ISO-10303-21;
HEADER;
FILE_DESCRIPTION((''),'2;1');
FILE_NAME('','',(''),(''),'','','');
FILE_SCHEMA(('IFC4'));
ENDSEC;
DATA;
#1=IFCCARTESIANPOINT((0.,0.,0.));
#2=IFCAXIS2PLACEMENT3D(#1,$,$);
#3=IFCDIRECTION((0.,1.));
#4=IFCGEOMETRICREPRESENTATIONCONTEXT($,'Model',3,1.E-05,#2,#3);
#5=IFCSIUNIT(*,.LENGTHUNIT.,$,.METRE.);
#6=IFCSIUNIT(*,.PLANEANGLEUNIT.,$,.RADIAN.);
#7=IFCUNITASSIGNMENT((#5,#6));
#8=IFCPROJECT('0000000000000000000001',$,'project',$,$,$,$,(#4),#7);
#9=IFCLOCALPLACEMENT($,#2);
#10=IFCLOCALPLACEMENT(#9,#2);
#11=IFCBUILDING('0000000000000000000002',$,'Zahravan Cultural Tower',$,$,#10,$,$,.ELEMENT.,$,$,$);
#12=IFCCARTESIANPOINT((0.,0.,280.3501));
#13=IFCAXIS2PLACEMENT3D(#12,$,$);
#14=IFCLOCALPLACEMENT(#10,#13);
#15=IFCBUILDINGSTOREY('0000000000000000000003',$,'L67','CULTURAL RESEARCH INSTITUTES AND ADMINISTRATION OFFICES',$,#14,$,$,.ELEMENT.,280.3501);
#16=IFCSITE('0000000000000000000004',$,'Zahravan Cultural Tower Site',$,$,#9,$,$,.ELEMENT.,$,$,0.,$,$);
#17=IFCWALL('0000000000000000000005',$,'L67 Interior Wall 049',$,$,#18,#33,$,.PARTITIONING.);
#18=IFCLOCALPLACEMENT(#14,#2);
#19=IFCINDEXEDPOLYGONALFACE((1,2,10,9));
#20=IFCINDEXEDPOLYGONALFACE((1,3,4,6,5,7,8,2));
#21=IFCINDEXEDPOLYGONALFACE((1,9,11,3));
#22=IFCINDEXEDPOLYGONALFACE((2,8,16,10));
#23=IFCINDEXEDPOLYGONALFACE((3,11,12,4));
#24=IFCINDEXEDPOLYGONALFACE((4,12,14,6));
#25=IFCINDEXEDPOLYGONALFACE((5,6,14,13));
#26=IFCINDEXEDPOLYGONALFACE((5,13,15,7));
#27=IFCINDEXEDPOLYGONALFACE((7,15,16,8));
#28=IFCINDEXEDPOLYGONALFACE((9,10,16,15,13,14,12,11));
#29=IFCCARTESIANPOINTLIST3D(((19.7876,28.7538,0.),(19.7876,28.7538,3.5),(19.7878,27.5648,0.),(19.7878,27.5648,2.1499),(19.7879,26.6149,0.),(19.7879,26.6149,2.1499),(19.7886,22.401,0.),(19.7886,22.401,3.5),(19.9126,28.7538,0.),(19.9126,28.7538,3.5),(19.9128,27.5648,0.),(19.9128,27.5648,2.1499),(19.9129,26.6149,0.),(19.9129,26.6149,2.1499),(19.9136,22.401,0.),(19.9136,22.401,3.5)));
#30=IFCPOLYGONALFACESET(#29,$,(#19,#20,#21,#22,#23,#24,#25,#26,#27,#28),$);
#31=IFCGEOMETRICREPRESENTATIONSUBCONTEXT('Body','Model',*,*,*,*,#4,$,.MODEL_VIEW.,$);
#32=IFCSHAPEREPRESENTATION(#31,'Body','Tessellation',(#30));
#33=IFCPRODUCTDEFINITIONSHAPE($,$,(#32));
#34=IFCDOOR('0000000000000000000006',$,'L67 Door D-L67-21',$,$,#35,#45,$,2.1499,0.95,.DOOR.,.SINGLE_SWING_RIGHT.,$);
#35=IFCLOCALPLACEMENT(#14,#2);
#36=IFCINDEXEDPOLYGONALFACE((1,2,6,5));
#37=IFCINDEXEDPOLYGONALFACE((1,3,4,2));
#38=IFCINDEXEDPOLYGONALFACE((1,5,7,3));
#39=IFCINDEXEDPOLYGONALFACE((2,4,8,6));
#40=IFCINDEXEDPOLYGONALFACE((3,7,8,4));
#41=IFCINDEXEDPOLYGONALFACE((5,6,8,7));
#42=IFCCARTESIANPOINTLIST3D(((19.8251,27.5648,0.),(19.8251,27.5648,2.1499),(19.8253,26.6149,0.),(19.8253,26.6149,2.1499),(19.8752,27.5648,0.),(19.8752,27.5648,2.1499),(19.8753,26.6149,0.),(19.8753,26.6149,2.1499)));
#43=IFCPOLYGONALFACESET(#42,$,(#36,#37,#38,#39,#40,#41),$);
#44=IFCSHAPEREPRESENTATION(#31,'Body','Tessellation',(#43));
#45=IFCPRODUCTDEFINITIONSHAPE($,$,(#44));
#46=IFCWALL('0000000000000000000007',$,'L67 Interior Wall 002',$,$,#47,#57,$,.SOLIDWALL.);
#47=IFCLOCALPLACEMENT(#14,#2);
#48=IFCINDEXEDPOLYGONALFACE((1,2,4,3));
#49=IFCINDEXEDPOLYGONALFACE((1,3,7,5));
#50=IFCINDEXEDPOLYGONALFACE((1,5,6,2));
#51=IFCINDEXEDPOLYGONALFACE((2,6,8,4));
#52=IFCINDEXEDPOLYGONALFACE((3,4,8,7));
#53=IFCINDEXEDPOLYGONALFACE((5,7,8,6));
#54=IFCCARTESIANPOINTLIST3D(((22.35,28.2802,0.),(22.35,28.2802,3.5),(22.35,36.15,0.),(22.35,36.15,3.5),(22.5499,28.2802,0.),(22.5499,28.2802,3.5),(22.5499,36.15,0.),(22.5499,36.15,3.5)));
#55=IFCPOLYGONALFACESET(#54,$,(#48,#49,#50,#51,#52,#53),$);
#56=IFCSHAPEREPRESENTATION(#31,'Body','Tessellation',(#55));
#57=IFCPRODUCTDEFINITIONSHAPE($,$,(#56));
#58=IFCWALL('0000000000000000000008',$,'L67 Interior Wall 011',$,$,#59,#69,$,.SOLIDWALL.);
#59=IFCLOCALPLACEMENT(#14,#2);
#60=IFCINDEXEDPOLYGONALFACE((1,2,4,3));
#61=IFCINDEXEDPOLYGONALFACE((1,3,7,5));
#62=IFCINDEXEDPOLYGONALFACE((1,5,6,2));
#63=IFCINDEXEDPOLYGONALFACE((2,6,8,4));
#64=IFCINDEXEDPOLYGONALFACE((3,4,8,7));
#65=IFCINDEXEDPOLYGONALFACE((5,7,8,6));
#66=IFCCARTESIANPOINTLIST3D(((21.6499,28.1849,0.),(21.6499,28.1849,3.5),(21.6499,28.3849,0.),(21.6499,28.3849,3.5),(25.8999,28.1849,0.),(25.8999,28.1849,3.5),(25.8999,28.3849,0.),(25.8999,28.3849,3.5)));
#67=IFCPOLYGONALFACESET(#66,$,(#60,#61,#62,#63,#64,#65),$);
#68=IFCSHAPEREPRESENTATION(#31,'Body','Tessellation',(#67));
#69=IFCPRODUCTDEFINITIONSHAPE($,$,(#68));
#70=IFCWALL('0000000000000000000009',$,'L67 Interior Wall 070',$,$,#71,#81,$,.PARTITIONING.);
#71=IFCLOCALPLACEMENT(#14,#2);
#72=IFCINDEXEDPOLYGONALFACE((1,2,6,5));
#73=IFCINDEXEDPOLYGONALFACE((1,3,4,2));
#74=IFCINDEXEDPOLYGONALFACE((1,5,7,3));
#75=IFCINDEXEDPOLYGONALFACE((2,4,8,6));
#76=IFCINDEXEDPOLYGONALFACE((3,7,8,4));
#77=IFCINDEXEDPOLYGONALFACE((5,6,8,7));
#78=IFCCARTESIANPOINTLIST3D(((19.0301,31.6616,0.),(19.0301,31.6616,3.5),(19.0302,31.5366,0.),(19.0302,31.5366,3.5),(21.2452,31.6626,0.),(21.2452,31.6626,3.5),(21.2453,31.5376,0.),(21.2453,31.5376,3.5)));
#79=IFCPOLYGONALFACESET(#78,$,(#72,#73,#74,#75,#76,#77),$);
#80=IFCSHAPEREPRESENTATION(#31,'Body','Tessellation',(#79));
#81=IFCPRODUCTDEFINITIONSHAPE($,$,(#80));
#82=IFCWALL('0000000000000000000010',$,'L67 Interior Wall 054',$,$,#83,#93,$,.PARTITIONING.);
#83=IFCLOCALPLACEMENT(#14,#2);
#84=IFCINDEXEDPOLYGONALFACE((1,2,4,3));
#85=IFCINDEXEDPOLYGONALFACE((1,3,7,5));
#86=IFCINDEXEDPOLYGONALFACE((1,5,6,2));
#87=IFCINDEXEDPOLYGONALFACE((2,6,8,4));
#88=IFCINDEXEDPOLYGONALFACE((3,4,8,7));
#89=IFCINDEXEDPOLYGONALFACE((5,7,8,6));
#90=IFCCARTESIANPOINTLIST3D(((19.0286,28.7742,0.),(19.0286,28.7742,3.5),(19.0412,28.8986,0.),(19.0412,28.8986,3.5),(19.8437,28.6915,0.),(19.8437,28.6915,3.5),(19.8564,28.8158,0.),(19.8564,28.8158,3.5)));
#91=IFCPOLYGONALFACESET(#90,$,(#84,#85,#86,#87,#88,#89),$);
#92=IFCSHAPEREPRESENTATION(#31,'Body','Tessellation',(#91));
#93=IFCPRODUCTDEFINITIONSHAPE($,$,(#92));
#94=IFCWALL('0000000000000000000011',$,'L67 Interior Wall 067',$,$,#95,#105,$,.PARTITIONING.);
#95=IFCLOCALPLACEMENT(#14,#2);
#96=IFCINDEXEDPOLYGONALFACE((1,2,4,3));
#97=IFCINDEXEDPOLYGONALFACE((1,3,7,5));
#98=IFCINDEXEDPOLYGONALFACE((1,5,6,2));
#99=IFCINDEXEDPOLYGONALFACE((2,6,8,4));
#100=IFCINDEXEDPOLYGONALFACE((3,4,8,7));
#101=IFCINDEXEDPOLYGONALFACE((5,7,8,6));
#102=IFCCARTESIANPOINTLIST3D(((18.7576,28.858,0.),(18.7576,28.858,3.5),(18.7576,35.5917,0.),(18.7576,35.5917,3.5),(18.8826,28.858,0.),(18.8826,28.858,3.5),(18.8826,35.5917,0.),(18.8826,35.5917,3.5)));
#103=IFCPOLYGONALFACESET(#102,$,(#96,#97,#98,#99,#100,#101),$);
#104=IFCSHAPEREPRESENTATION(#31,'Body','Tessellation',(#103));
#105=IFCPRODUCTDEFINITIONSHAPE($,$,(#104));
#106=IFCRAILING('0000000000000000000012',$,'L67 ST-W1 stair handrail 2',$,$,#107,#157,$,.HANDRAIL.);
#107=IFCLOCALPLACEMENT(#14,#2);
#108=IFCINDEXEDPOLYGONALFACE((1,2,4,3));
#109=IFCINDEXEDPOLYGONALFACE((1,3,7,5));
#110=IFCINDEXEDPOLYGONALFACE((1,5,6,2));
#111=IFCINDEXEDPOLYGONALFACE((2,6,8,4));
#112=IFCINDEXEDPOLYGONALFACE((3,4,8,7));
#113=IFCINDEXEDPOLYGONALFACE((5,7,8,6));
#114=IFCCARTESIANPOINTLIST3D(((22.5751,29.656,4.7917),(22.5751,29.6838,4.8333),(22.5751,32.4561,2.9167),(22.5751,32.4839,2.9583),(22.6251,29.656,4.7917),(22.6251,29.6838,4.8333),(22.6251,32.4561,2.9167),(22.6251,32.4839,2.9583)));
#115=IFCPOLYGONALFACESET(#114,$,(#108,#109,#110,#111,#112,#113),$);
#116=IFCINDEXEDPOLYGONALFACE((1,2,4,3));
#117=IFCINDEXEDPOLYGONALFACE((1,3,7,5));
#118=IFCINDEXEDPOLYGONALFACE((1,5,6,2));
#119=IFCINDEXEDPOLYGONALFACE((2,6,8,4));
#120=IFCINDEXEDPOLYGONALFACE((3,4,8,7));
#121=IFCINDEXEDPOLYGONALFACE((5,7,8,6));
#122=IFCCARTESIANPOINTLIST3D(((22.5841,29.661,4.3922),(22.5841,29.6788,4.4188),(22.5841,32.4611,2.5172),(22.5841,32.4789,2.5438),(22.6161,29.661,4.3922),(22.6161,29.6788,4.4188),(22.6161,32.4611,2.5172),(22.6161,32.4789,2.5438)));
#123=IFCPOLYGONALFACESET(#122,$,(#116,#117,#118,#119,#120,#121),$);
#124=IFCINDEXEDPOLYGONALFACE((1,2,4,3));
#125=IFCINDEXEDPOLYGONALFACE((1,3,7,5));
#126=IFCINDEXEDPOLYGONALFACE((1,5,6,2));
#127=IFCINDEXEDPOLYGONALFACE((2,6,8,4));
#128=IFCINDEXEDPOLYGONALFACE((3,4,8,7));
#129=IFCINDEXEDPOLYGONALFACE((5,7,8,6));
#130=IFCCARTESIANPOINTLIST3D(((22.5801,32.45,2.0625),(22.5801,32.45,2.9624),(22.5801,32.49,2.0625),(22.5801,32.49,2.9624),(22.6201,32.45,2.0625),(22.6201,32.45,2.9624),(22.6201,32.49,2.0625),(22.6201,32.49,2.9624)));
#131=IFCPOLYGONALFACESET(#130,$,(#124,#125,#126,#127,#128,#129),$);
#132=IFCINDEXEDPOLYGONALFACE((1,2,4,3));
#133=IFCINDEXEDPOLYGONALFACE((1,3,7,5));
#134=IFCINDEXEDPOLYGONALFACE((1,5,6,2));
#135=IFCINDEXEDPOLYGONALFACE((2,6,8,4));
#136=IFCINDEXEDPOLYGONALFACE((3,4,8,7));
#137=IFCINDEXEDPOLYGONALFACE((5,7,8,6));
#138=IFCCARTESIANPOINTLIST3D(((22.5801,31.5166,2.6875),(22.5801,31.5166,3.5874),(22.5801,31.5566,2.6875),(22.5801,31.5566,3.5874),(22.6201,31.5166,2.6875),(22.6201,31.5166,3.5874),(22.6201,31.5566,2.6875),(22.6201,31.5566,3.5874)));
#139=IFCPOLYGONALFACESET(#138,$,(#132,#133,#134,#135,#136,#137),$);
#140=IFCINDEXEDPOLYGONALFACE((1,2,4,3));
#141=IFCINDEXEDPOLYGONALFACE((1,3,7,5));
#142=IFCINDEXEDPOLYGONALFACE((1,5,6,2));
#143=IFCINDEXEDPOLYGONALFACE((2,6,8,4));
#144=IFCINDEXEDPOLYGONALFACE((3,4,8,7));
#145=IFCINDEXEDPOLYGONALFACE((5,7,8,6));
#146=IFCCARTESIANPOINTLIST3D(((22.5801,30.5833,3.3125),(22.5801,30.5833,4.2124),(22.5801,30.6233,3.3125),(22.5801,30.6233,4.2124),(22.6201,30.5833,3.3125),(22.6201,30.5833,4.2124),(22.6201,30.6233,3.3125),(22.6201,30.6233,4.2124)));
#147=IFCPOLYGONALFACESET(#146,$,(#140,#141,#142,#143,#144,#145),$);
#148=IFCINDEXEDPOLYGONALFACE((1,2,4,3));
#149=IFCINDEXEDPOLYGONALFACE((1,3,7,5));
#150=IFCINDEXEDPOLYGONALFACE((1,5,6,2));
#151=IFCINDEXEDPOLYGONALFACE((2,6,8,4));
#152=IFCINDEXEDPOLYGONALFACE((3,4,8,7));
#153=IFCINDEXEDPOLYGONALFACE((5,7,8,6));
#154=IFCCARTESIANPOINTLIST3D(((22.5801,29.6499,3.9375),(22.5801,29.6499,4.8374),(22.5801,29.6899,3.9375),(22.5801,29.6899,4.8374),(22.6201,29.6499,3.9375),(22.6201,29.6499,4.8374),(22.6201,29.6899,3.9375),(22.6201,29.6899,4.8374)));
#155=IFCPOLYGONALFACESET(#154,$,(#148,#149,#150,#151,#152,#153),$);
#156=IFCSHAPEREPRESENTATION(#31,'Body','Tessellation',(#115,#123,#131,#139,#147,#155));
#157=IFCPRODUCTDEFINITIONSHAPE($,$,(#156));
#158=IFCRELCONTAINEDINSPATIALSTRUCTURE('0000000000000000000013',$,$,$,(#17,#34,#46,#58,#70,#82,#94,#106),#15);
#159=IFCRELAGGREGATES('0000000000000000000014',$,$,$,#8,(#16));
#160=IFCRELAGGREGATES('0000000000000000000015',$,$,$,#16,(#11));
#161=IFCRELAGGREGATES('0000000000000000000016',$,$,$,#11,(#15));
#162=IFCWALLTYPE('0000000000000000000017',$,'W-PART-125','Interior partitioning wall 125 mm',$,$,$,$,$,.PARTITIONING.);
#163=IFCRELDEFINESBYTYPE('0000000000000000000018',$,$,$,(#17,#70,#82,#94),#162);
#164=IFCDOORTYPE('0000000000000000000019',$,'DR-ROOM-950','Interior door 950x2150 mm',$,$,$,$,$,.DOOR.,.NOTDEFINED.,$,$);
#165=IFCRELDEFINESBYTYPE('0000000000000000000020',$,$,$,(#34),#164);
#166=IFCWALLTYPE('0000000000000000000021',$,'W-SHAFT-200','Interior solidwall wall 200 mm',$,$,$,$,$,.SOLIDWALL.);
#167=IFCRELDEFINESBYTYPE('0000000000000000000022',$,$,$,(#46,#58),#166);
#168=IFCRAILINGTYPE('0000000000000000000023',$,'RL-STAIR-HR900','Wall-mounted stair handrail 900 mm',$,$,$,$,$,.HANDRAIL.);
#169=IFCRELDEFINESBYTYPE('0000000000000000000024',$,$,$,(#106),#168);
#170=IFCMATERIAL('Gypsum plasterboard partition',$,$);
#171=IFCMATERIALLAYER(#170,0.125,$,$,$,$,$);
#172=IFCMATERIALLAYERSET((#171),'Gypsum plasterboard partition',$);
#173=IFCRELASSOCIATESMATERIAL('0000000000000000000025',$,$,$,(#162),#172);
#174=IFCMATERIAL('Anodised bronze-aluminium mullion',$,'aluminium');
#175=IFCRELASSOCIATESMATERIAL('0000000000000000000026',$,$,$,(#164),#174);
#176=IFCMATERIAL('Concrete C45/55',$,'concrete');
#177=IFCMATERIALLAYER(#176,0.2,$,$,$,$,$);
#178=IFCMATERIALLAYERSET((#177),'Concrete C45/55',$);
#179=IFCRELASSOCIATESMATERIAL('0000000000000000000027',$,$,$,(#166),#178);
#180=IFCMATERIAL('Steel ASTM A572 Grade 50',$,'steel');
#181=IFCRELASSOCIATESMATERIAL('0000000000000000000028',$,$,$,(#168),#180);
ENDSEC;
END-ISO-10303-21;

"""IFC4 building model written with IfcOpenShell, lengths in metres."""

from ifc_helpers import new_model, si_unit, direction, frame, frame_2d, origin, origin_2d, place, context, subcontext, project, spatial, rectangle, extrude, source, transform, mapped, material, layer, layer_set, type_object, element, fill, save


model = new_model("IFC4")

# Units and contexts
model_context = context("Model", 3, precision=1e-05, world=origin(), true_north=direction((0.0, 1.0)))
body_context = subcontext(model_context, "Body", "Model", "MODEL_VIEW")
ifc_project = project(units=[si_unit("LENGTHUNIT", "METRE"), si_unit("PLANEANGLEUNIT", "RADIAN")], contexts=[model_context])

# Site, building, storey
site_placement = place(None, origin())
site = spatial("IfcSite", under=ifc_project, at=site_placement, Name="Zahravan Cultural Tower Site", CompositionType="ELEMENT", RefElevation=0.0)
building_placement = place(site_placement, origin())
building = spatial("IfcBuilding", under=site, at=building_placement, Name="Zahravan Cultural Tower", CompositionType="ELEMENT")
storey_placement = place(building_placement, frame((0.0, 0.0, 280.3501)))
storey = spatial("IfcBuildingStorey", under=building, at=storey_placement, Name="L67", Description="CULTURAL RESEARCH INSTITUTES AND ADMINISTRATION OFFICES", CompositionType="ELEMENT", Elevation=280.3501)

# Shared definitions
ifc_material_1 = material(Name="Anodised bronze-aluminium mullion", Category="aluminium")

# Wall, opening, door
ifc_material_2 = material(Name="Gypsum plasterboard partition")
ifc_layer_1 = layer(ifc_material_2, 0.125)
ifc_layer_set_1 = layer_set([ifc_layer_1], Name="Gypsum plasterboard partition")
wall_type_1 = type_object("IfcWallType", Name="W-PART-125", Description="Interior partitioning wall 125 mm", PredefinedType="PARTITIONING", material=ifc_layer_set_1)
wall_1_placement = place(storey_placement, frame((19.8501, 28.7537, 0.0), z_axis=(0.0, 0.0, 1.0), x_axis=(0.000154, -1.0, 0.0)))
wall_1 = element("IfcWall", 1, at=wall_1_placement, inside=storey, type_object=wall_type_1, Name="L67 Interior Wall 049", PredefinedType="PARTITIONING", context=body_context, shape_type="SweptSolid", body=[
    extrude(rectangle(XDim=6.3528, YDim=0.125, at=frame_2d((3.1763, 0.0))), origin(), (0.0, 0.0, 1.0), 3.5),
])
opening_1_placement = place(wall_1_placement, frame((1.1887, 0.0, 0.0)))
opening_1 = element("IfcOpeningElement", 2, at=opening_1_placement, cuts=wall_1, PredefinedType="OPENING", context=body_context, shape_type="SweptSolid", body=[
    extrude(rectangle(XDim=0.95, YDim=2.1499, at=frame_2d((0.4751, 1.075))), frame((0.0, 0.0725, 0.0), z_axis=(0.0, -1.0, 0.0), x_axis=(1.0, 0.0, 0.0)), (0.0, 0.0, 1.0), 0.145),
])
door_type = type_object("IfcDoorType", Name="DR-ROOM-950", Description="Interior door 950x2150 mm", OperationType="NOTDEFINED", PredefinedType="DOOR", material=ifc_material_1)
shared_shape_1 = source(origin(), body_context, "Body", "SweptSolid", [
    extrude(rectangle(XDim=0.95, YDim=2.1499, at=frame_2d((0.4751, 1.075))), frame((0.0, 0.0249, 0.0), z_axis=(0.0, -1.0, 0.0), x_axis=(1.0, 0.0, 0.0)), (0.0, 0.0, 1.0), 0.05),
])
door_1_placement = place(opening_1_placement, origin())
door_1 = element("IfcDoor", 3, at=door_1_placement, inside=storey, type_object=door_type, Name="L67 Door D-L67-21", OperationType="SINGLE_SWING_RIGHT", OverallHeight=2.1499, OverallWidth=0.95, PredefinedType="DOOR", context=body_context, shape_type="MappedRepresentation", body=[
    mapped(shared_shape_1, transform((0.0, 0.0, 0.0), x_axis=(1.0, 0.0, 0.0), y_axis=(0.0, 1.0, 0.0), z_axis=(0.0, 0.0, 1.0), scale=1.0)),
])
fill(opening_1, door_1)

# Walls
ifc_material_3 = material(Name="Concrete C45/55", Category="concrete")
ifc_layer_2 = layer(ifc_material_3, 0.2)
ifc_layer_set_2 = layer_set([ifc_layer_2], Name="Concrete C45/55")
wall_type_2 = type_object("IfcWallType", Name="W-SHAFT-200", Description="Interior solidwall wall 200 mm", PredefinedType="SOLIDWALL", material=ifc_layer_set_2)
shared_shape_2 = source(origin(), body_context, "Body", "SweptSolid", [
    extrude(rectangle(XDim=7.8699, YDim=0.2, at=frame_2d((3.9351, 0.0))), origin(), (0.0, 0.0, 1.0), 3.5),
])
wall_2_placement = place(storey_placement, frame((22.45, 28.28, 0.0), z_axis=(0.0, 0.0, 1.0), x_axis=(0.0, 1.0, 0.0)))
element("IfcWall", 4, at=wall_2_placement, inside=storey, type_object=wall_type_2, Name="L67 Interior Wall 002", PredefinedType="SOLIDWALL", context=body_context, shape_type="MappedRepresentation", body=[
    mapped(shared_shape_2, transform((0.0, 0.0, 0.0), x_axis=(1.0, 0.0, 0.0), y_axis=(0.0, 1.0, 0.0), z_axis=(0.0, 0.0, 1.0), scale=1.0)),
])
shared_shape_3 = source(origin(), body_context, "Body", "SweptSolid", [
    extrude(rectangle(XDim=4.25, YDim=0.2, at=frame_2d((2.125, 0.0))), origin(), (0.0, 0.0, 1.0), 3.5),
])
wall_3_placement = place(storey_placement, frame((21.6499, 28.2849, 0.0), z_axis=(0.0, 0.0, 1.0), x_axis=(1.0, 0.0, 0.0)))
element("IfcWall", 5, at=wall_3_placement, inside=storey, type_object=wall_type_2, Name="L67 Interior Wall 011", PredefinedType="SOLIDWALL", context=body_context, shape_type="MappedRepresentation", body=[
    mapped(shared_shape_3, transform((0.0, 0.0, 0.0), x_axis=(1.0, 0.0, 0.0), y_axis=(0.0, 1.0, 0.0), z_axis=(0.0, 0.0, 1.0), scale=1.0)),
])
shared_shape_4 = source(origin(), body_context, "Body", "SweptSolid", [
    extrude(rectangle(XDim=2.2151, YDim=0.125, at=frame_2d((1.1074, 0.0))), origin(), (0.0, 0.0, 1.0), 3.5),
])
wall_4_placement = place(storey_placement, frame((21.2451, 31.6001, 0.0), z_axis=(0.0, 0.0, 1.0), x_axis=(-1.0, -0.000441, 0.0)))
element("IfcWall", 6, at=wall_4_placement, inside=storey, type_object=wall_type_1, Name="L67 Interior Wall 070", PredefinedType="PARTITIONING", context=body_context, shape_type="MappedRepresentation", body=[
    mapped(shared_shape_4, transform((0.0, 0.0, 0.0), x_axis=(1.0, 0.0, 0.0), y_axis=(0.0, 1.0, 0.0), z_axis=(0.0, 0.0, 1.0), scale=1.0)),
])
shared_shape_5 = source(origin(), body_context, "Body", "SweptSolid", [
    extrude(rectangle(XDim=0.8193, YDim=0.125, at=frame_2d((0.4097, 0.0))), origin(), (0.0, 0.0, 1.0), 3.5),
])
wall_5_placement = place(storey_placement, frame((19.0349, 28.8364, 0.0), z_axis=(0.0, 0.0, 1.0), x_axis=(0.994886, -0.101008, 0.0)))
element("IfcWall", 7, at=wall_5_placement, inside=storey, type_object=wall_type_1, Name="L67 Interior Wall 054", PredefinedType="PARTITIONING", context=body_context, shape_type="MappedRepresentation", body=[
    mapped(shared_shape_5, transform((0.0, 0.0, 0.0), x_axis=(1.0, 0.0, 0.0), y_axis=(0.0, 1.0, 0.0), z_axis=(0.0, 0.0, 1.0), scale=1.0)),
])
shared_shape_6 = source(origin(), body_context, "Body", "SweptSolid", [
    extrude(rectangle(XDim=6.7336, YDim=0.125, at=frame_2d((3.3667, 0.0))), origin(), (0.0, 0.0, 1.0), 3.5),
])
wall_6_placement = place(storey_placement, frame((18.8201, 28.8582, 0.0), z_axis=(0.0, 0.0, 1.0), x_axis=(0.0, 1.0, 0.0)))
element("IfcWall", 8, at=wall_6_placement, inside=storey, type_object=wall_type_1, Name="L67 Interior Wall 067", PredefinedType="PARTITIONING", context=body_context, shape_type="MappedRepresentation", body=[
    mapped(shared_shape_6, transform((0.0, 0.0, 0.0), x_axis=(1.0, 0.0, 0.0), y_axis=(0.0, 1.0, 0.0), z_axis=(0.0, 0.0, 1.0), scale=1.0)),
])

# Railing
ifc_material_4 = material(Name="Steel ASTM A572 Grade 50", Category="steel")
railing_type = type_object("IfcRailingType", Name="RL-STAIR-HR900", Description="Wall-mounted stair handrail 900 mm", PredefinedType="HANDRAIL", material=ifc_material_4)
railing_placement = place(storey_placement, frame((22.6001, 32.47, 2.0625)))
element("IfcRailing", 9, at=railing_placement, inside=storey, type_object=railing_type, Name="L67 ST-W1 stair handrail 2", PredefinedType="HANDRAIL", context=body_context, shape_type="SweptSolid", body=[
    extrude(rectangle(XDim=0.05, YDim=0.05, at=origin_2d()), frame((0.0, 0.0, 0.875), z_axis=(0.0, -0.830912, 0.556404), x_axis=(1.0, 0.0, 0.0)), (0.0, 0.0, 1.0), 3.3699),
    extrude(rectangle(XDim=0.032, YDim=0.032, at=origin_2d()), frame((0.0, 0.0, 0.468), z_axis=(0.0, -0.830912, 0.556404), x_axis=(1.0, 0.0, 0.0)), (0.0, 0.0, 1.0), 3.3699),
    extrude(rectangle(XDim=0.04, YDim=0.04, at=origin_2d()), origin(), (0.0, 0.0, 1.0), 0.8999),
    extrude(rectangle(XDim=0.04, YDim=0.04, at=origin_2d()), frame((0.0, -0.9333, 0.625)), (0.0, 0.0, 1.0), 0.8999),
    extrude(rectangle(XDim=0.04, YDim=0.04, at=origin_2d()), frame((0.0, -1.8667, 1.25)), (0.0, 0.0, 1.0), 0.8999),
    extrude(rectangle(XDim=0.04, YDim=0.04, at=origin_2d()), frame((0.0, -2.8, 1.875)), (0.0, 0.0, 1.0), 0.8999),
])

save(model, "model.ifc")
